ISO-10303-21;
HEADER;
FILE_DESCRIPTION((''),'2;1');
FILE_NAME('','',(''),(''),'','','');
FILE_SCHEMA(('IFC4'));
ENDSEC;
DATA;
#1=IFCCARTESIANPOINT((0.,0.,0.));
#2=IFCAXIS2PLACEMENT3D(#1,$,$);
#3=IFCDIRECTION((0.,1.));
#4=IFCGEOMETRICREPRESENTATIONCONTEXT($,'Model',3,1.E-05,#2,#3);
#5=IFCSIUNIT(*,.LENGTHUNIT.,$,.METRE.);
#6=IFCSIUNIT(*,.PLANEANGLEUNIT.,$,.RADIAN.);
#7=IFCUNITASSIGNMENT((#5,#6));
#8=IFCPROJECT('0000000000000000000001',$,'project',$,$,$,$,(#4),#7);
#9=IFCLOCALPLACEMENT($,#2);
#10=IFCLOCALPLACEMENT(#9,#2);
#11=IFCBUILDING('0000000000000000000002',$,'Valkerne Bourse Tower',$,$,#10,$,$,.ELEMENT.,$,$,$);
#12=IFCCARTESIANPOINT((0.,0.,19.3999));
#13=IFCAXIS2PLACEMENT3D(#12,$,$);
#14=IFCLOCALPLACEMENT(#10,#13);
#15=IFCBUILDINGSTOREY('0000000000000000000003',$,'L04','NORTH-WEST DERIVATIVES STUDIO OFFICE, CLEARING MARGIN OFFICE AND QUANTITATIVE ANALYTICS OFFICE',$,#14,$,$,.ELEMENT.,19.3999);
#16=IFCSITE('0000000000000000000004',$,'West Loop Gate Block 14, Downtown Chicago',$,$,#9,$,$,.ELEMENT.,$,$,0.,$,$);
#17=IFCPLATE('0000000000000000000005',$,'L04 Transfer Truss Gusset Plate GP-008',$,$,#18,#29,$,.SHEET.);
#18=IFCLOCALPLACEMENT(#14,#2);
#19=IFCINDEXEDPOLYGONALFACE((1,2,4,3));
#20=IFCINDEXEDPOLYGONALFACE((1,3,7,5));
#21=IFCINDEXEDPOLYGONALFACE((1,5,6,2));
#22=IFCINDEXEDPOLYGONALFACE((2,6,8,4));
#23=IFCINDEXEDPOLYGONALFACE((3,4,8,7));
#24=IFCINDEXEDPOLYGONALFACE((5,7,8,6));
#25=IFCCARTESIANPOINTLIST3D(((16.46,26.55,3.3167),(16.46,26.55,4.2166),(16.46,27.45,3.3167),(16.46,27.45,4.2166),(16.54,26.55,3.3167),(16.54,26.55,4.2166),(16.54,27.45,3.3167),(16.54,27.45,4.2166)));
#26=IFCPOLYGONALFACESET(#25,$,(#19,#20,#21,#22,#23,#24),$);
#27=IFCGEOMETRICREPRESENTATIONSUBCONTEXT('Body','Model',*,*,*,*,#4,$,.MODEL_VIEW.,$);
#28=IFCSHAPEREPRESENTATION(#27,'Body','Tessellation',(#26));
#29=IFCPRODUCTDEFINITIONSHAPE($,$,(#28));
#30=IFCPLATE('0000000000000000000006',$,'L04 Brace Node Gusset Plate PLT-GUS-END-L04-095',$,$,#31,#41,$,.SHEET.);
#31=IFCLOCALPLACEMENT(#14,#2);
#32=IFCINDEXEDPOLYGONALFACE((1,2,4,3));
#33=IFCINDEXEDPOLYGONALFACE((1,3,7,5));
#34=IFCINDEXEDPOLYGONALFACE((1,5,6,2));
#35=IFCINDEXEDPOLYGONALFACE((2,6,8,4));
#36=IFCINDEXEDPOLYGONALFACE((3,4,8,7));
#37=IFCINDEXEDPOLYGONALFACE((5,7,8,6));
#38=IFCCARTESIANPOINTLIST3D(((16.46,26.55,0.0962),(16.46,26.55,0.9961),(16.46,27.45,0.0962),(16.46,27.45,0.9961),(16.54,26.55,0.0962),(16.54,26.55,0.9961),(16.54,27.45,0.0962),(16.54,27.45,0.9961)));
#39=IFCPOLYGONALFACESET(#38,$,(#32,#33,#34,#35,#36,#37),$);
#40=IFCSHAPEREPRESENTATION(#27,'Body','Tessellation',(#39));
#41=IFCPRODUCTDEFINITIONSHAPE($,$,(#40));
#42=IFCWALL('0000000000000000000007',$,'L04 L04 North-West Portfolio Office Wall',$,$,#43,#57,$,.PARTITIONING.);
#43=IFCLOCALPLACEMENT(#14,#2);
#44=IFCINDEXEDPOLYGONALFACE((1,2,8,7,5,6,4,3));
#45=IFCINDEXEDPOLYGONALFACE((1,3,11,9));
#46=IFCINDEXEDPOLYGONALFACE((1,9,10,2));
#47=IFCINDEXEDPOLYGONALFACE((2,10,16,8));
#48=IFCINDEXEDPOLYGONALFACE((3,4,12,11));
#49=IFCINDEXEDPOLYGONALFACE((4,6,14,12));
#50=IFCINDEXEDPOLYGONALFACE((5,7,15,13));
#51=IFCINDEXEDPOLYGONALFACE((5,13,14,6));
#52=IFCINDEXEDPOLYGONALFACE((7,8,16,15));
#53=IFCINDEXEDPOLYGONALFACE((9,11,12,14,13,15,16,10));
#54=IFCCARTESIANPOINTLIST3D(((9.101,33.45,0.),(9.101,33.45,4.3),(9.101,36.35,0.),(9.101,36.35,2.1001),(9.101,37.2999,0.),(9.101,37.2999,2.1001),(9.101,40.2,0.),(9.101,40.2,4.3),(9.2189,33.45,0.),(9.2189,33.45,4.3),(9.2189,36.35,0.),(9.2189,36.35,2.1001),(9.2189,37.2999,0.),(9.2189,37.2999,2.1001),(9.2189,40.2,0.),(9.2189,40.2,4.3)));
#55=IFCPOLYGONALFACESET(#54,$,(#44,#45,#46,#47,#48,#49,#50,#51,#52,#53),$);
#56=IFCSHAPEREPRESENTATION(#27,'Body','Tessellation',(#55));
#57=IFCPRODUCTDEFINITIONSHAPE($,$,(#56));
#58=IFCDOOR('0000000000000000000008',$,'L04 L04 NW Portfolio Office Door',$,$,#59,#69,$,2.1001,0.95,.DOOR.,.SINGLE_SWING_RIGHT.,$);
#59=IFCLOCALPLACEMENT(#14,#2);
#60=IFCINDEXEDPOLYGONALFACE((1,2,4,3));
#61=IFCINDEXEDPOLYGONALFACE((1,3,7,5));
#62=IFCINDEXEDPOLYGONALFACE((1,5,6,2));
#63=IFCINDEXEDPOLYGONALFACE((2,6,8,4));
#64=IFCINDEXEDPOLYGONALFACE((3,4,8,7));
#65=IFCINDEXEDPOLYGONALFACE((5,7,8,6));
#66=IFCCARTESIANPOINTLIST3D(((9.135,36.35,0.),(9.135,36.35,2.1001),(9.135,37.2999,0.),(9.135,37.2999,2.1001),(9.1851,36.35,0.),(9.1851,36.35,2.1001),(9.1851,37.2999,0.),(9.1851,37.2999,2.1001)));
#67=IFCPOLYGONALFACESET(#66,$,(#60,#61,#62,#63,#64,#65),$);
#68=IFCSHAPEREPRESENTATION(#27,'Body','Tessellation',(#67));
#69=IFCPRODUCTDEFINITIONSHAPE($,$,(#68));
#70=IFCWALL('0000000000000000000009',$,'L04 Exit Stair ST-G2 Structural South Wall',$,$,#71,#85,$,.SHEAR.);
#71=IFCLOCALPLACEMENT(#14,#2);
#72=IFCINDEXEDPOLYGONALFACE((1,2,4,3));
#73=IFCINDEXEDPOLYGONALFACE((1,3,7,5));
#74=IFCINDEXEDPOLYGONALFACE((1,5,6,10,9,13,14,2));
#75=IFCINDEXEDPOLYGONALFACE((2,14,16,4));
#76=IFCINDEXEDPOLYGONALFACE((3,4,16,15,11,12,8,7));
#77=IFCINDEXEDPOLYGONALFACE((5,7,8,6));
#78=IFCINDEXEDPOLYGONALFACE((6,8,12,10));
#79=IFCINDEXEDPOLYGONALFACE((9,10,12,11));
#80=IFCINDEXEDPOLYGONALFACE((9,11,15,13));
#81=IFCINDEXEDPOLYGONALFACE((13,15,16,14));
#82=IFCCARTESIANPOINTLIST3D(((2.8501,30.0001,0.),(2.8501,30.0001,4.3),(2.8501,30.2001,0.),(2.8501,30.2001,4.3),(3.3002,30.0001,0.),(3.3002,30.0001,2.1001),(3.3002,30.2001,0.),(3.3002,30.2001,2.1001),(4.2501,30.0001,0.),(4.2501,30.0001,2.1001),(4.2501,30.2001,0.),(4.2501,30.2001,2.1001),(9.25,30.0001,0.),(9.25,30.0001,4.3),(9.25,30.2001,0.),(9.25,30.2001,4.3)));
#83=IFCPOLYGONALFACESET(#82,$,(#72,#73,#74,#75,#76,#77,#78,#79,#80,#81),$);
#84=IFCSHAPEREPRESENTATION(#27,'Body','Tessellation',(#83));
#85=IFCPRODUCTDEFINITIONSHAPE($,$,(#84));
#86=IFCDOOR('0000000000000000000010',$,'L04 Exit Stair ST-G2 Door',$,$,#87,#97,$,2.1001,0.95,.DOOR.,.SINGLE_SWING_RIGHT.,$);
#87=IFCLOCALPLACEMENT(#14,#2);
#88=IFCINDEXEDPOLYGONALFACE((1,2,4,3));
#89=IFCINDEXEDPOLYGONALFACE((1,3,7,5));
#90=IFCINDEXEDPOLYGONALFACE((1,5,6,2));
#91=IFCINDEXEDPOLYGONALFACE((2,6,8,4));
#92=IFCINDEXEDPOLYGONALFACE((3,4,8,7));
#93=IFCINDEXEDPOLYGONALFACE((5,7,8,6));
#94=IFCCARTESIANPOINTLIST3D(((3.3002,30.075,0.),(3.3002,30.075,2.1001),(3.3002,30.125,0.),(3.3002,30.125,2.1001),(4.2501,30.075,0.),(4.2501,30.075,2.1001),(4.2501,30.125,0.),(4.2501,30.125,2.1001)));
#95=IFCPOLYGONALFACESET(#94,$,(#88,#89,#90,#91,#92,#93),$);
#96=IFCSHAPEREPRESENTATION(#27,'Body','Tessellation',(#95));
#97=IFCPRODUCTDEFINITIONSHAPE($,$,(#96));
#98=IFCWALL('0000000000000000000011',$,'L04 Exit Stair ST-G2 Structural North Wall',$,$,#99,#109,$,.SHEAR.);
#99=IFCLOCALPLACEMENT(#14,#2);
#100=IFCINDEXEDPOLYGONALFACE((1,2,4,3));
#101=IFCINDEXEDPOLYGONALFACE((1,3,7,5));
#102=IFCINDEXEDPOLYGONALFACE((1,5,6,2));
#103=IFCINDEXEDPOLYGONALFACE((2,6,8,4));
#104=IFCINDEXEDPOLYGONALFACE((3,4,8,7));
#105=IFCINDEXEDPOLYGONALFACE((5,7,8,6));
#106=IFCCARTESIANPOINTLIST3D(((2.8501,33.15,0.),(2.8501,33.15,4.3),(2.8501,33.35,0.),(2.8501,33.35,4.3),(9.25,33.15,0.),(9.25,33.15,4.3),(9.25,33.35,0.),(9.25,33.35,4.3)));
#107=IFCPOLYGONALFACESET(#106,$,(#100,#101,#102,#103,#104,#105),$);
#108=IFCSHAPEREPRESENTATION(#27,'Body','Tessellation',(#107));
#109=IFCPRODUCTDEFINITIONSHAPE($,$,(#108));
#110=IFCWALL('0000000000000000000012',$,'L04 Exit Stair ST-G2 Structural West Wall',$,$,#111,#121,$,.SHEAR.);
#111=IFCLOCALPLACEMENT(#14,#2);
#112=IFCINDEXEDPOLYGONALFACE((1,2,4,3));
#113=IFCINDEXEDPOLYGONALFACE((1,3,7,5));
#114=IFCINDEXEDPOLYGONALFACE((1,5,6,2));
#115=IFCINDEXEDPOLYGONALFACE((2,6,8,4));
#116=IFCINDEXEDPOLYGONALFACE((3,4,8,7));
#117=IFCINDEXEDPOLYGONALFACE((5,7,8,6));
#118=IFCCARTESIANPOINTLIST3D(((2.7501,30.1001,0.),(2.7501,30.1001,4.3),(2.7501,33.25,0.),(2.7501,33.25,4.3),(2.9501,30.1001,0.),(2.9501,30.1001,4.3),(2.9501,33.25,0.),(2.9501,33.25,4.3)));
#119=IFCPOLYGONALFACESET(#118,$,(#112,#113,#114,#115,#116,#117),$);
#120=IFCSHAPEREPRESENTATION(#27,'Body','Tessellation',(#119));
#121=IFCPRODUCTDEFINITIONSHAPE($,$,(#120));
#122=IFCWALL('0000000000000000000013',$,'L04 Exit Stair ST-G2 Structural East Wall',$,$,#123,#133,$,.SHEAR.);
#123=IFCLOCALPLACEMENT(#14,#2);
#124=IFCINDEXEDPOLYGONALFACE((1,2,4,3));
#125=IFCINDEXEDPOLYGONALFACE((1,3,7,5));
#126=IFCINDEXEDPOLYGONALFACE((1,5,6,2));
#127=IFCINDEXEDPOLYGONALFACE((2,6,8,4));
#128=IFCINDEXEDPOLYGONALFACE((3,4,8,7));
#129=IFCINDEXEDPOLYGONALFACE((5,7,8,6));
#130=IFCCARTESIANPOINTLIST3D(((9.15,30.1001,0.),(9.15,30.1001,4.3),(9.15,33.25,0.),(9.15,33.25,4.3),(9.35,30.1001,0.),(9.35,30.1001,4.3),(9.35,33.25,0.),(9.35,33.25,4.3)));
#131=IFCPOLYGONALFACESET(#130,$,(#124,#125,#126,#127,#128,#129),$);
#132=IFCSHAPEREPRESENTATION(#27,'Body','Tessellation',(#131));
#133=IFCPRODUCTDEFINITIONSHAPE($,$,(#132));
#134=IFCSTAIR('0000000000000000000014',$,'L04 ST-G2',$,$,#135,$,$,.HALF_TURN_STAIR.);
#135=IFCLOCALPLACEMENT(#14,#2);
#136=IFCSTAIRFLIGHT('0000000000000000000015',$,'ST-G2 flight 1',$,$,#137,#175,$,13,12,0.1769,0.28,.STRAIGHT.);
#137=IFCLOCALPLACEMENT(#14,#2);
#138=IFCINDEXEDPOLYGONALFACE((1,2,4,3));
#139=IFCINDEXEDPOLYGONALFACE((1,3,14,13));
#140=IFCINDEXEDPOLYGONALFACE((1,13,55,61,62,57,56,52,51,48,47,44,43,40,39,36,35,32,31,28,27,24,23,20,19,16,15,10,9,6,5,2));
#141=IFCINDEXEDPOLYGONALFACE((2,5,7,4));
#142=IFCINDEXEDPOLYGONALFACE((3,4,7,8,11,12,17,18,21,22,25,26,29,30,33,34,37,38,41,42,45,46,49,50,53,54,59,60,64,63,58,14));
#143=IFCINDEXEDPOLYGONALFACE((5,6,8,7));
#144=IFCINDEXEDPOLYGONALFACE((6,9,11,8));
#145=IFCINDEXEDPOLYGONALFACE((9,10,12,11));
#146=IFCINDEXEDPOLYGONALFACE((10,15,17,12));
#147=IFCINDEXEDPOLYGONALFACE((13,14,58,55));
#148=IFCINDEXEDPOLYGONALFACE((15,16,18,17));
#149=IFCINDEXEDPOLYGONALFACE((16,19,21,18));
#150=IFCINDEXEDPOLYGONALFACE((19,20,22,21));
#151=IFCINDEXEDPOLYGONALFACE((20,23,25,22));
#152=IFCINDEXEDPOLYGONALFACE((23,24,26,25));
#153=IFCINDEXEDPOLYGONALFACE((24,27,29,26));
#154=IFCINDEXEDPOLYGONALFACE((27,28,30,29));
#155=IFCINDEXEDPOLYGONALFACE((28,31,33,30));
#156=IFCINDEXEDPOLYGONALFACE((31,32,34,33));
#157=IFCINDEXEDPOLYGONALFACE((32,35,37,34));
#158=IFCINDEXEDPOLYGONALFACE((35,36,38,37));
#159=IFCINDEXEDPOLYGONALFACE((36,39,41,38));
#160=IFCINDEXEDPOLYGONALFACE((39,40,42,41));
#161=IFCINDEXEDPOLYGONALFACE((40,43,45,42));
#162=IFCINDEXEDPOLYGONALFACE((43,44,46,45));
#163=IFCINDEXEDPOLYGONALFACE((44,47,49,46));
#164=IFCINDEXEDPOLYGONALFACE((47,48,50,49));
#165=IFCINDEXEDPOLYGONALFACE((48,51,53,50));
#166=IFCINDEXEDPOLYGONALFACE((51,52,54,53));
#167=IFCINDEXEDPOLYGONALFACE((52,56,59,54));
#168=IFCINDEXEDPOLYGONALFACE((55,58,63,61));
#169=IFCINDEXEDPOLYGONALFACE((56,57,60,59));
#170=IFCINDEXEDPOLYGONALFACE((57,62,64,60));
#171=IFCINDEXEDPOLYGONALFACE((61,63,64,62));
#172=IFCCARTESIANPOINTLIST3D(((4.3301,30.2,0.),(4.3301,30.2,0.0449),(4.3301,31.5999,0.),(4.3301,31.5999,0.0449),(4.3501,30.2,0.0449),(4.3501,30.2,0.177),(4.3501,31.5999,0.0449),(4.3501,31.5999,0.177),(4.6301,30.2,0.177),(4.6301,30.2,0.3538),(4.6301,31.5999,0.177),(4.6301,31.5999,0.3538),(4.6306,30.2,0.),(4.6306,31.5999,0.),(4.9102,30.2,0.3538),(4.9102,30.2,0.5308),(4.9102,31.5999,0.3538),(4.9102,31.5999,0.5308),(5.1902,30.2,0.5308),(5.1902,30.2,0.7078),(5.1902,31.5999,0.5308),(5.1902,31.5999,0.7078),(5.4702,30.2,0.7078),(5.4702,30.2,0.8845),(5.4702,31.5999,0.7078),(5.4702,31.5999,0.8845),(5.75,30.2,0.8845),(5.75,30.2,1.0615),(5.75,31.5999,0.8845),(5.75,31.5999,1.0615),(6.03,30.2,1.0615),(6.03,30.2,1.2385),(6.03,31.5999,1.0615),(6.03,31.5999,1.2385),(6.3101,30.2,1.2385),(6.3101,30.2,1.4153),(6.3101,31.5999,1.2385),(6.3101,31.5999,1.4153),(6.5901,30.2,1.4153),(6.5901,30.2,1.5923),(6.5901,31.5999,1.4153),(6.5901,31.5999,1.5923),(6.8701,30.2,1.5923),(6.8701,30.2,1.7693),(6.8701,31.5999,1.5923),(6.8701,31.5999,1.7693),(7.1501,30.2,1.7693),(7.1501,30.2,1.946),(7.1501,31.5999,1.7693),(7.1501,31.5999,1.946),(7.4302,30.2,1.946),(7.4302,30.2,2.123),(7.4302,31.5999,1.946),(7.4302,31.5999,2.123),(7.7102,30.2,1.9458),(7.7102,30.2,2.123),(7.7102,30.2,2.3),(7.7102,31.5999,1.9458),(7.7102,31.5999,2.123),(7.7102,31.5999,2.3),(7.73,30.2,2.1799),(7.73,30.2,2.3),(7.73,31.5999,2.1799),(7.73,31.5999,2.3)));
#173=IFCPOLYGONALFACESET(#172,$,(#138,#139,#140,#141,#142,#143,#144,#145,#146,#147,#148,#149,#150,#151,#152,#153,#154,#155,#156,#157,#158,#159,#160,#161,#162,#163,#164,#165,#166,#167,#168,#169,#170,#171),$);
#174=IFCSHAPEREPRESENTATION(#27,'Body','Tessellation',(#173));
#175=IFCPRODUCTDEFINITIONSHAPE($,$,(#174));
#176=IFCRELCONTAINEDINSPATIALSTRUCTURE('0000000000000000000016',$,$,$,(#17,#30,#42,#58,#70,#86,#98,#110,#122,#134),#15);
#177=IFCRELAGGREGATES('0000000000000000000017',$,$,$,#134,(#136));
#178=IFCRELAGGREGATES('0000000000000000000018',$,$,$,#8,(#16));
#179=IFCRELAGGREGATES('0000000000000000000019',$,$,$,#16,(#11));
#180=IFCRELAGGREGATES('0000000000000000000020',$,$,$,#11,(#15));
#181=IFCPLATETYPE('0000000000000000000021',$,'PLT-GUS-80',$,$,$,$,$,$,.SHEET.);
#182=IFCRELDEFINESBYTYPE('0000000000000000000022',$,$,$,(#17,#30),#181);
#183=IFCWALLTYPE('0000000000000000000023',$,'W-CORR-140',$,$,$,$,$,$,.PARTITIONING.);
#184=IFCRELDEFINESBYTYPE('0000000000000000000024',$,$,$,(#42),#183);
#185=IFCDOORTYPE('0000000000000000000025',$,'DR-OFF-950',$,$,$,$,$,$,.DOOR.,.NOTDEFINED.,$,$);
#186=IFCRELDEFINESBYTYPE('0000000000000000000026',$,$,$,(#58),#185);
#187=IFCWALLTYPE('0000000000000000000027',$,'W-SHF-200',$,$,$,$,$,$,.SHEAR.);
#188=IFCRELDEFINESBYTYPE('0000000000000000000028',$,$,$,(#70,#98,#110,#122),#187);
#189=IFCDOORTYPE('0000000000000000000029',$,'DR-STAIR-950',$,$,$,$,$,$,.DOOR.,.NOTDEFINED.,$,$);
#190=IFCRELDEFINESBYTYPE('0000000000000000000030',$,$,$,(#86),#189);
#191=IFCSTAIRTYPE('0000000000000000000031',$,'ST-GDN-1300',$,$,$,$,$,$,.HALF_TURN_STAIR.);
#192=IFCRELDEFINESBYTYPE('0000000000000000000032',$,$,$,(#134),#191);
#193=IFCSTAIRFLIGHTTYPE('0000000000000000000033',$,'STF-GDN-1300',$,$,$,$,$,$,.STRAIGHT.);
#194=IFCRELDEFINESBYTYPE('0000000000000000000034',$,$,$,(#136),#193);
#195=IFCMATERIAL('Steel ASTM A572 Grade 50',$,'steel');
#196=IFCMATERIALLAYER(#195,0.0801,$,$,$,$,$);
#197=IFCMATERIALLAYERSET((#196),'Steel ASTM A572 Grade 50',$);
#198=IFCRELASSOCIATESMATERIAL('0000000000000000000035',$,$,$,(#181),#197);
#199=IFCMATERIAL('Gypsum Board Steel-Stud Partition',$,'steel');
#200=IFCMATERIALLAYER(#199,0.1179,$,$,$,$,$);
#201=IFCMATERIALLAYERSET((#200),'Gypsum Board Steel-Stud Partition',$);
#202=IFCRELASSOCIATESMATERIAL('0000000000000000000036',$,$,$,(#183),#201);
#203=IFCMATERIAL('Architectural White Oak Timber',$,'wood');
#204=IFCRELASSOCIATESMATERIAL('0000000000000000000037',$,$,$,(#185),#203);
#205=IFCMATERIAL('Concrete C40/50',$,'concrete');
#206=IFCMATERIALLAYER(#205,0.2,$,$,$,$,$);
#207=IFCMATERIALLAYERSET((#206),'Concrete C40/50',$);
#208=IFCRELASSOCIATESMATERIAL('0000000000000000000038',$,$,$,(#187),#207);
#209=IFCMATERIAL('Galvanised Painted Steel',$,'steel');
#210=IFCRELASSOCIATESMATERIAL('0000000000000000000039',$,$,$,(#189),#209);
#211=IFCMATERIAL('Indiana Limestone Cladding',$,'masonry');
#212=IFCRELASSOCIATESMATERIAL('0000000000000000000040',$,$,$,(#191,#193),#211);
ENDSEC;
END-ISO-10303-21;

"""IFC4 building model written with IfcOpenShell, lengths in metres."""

from ifc_helpers import new_model, si_unit, direction, frame, frame_2d, origin, origin_2d, place, context, subcontext, project, spatial, polyline, rectangle, outline, extrude, material, layer, layer_set, type_object, element, fill, aggregate, save


model = new_model("IFC4")

# Units and contexts
model_context = context("Model", 3, precision=1e-05, world=origin(), true_north=direction((0.0, 1.0)))
body_context = subcontext(model_context, "Body", "Model", "MODEL_VIEW")
ifc_project = project(units=[si_unit("LENGTHUNIT", "METRE"), si_unit("PLANEANGLEUNIT", "RADIAN")], contexts=[model_context])

# Site, building, storey
site_placement = place(None, origin())
site = spatial("IfcSite", under=ifc_project, at=site_placement, Name="West Loop Gate Block 14, Downtown Chicago", CompositionType="ELEMENT", RefElevation=0.0)
building_placement = place(site_placement, origin())
building = spatial("IfcBuilding", under=site, at=building_placement, Name="Valkerne Bourse Tower", CompositionType="ELEMENT")
storey_placement = place(building_placement, frame((0.0, 0.0, 19.3999)))
storey = spatial("IfcBuildingStorey", under=building, at=storey_placement, Name="L04", Description="NORTH-WEST DERIVATIVES STUDIO OFFICE, CLEARING MARGIN OFFICE AND QUANTITATIVE ANALYTICS OFFICE", CompositionType="ELEMENT", Elevation=19.3999)

# Plates
ifc_material_1 = material(Name="Steel ASTM A572 Grade 50", Category="steel")
ifc_layer_1 = layer(ifc_material_1, 0.0801)
ifc_layer_set_1 = layer_set([ifc_layer_1], Name="Steel ASTM A572 Grade 50")
plate_type = type_object("IfcPlateType", Name="PLT-GUS-80", PredefinedType="SHEET", material=ifc_layer_set_1)
for number, where, z_axis, x_axis, name in (
    (1, (16.5, 27.0, 3.3167), (0.0, 0.0, 1.0), (1.0, 0.0, 0.0), "L04 Transfer Truss Gusset Plate GP-008"),
):
    element("IfcPlate", number, at=place(storey_placement, frame(where, z_axis=z_axis, x_axis=x_axis)), inside=storey, type_object=plate_type, Name=name, PredefinedType="SHEET", context=body_context, shape_type="SweptSolid", body=[
        extrude(rectangle(XDim=0.0801, YDim=0.8999, at=origin_2d()), origin(), (0.0, 0.0, 1.0), 0.8999),
    ])
plate_placement = place(storey_placement, frame((16.5, 27.0, 0.0962), z_axis=(0.0, 0.0, 1.0), x_axis=(0.0, 1.0, 0.0)))
element("IfcPlate", 2, at=plate_placement, inside=storey, type_object=plate_type, Name="L04 Brace Node Gusset Plate PLT-GUS-END-L04-095", PredefinedType="SHEET", context=body_context, shape_type="SweptSolid", body=[
    extrude(rectangle(XDim=0.8999, YDim=0.0801, at=origin_2d()), origin(), (0.0, 0.0, 1.0), 0.8999),
])

# Walls, openings, doors
ifc_material_2 = material(Name="Gypsum Board Steel-Stud Partition", Category="steel")
ifc_layer_2 = layer(ifc_material_2, 0.1179)
ifc_layer_set_2 = layer_set([ifc_layer_2], Name="Gypsum Board Steel-Stud Partition")
wall_type_1 = type_object("IfcWallType", Name="W-CORR-140", PredefinedType="PARTITIONING", material=ifc_layer_set_2)
wall_1_placement = place(storey_placement, frame((9.1599, 33.45, 0.0), z_axis=(0.0, 0.0, 1.0), x_axis=(0.0, 1.0, 0.0)))
wall_1 = element("IfcWall", 3, at=wall_1_placement, inside=storey, type_object=wall_type_1, Name="L04 L04 North-West Portfolio Office Wall", PredefinedType="PARTITIONING", context=body_context, shape_type="SweptSolid", body=[
    extrude(rectangle(XDim=6.75, YDim=0.1179, at=frame_2d((3.375, 0.0))), origin(), (0.0, 0.0, 1.0), 4.3),
])
opening_1_placement = place(wall_1_placement, frame((2.8999, 0.0, 0.0)))
opening_1 = element("IfcOpeningElement", 4, at=opening_1_placement, cuts=wall_1, PredefinedType="OPENING", context=body_context, shape_type="SweptSolid", body=[
    extrude(rectangle(XDim=0.95, YDim=2.1001, at=frame_2d((0.4751, 1.05))), frame((0.0, 0.0688, 0.0), z_axis=(0.0, -1.0, 0.0), x_axis=(1.0, 0.0, 0.0)), (0.0, 0.0, 1.0), 0.1379),
])
ifc_material_3 = material(Name="Architectural White Oak Timber", Category="wood")
door_type_1 = type_object("IfcDoorType", Name="DR-OFF-950", OperationType="NOTDEFINED", PredefinedType="DOOR", material=ifc_material_3)
door_1_placement = place(opening_1_placement, origin())
door_1 = element("IfcDoor", 5, at=door_1_placement, inside=storey, type_object=door_type_1, Name="L04 L04 NW Portfolio Office Door", OperationType="SINGLE_SWING_RIGHT", OverallHeight=2.1001, OverallWidth=0.95, PredefinedType="DOOR", context=body_context, shape_type="SweptSolid", body=[
    extrude(rectangle(XDim=0.95, YDim=2.1001, at=frame_2d((0.4751, 1.05))), frame((0.0, 0.0249, 0.0), z_axis=(0.0, -1.0, 0.0), x_axis=(1.0, 0.0, 0.0)), (0.0, 0.0, 1.0), 0.05),
])
fill(opening_1, door_1)
ifc_material_4 = material(Name="Concrete C40/50", Category="concrete")
ifc_layer_3 = layer(ifc_material_4, 0.2)
ifc_layer_set_3 = layer_set([ifc_layer_3], Name="Concrete C40/50")
wall_type_2 = type_object("IfcWallType", Name="W-SHF-200", PredefinedType="SHEAR", material=ifc_layer_set_3)
wall_2_placement = place(storey_placement, frame((2.8501, 30.1001, 0.0), z_axis=(0.0, 0.0, 1.0), x_axis=(1.0, 0.0, 0.0)))
wall_2 = element("IfcWall", 6, at=wall_2_placement, inside=storey, type_object=wall_type_2, Name="L04 Exit Stair ST-G2 Structural South Wall", PredefinedType="SHEAR", context=body_context, shape_type="SweptSolid", body=[
    extrude(rectangle(XDim=6.3999, YDim=0.2, at=frame_2d((3.2, 0.0))), origin(), (0.0, 0.0, 1.0), 4.3),
])
opening_2_placement = place(wall_2_placement, frame((0.45, 0.0, 0.0)))
opening_2 = element("IfcOpeningElement", 7, at=opening_2_placement, cuts=wall_2, PredefinedType="OPENING", context=body_context, shape_type="SweptSolid", body=[
    extrude(rectangle(XDim=0.95, YDim=2.1001, at=frame_2d((0.4751, 1.05))), frame((0.0, 0.1099, 0.0), z_axis=(0.0, -1.0, 0.0), x_axis=(1.0, 0.0, 0.0)), (0.0, 0.0, 1.0), 0.22),
])
ifc_material_5 = material(Name="Galvanised Painted Steel", Category="steel")
door_type_2 = type_object("IfcDoorType", Name="DR-STAIR-950", OperationType="NOTDEFINED", PredefinedType="DOOR", material=ifc_material_5)
door_2_placement = place(opening_2_placement, origin())
door_2 = element("IfcDoor", 8, at=door_2_placement, inside=storey, type_object=door_type_2, Name="L04 Exit Stair ST-G2 Door", OperationType="SINGLE_SWING_RIGHT", OverallHeight=2.1001, OverallWidth=0.95, PredefinedType="DOOR", context=body_context, shape_type="SweptSolid", body=[
    extrude(rectangle(XDim=0.95, YDim=2.1001, at=frame_2d((0.4751, 1.05))), frame((0.0, 0.0249, 0.0), z_axis=(0.0, -1.0, 0.0), x_axis=(1.0, 0.0, 0.0)), (0.0, 0.0, 1.0), 0.05),
])
fill(opening_2, door_2)

# Walls
wall_3_placement = place(storey_placement, frame((2.8501, 33.25, 0.0), z_axis=(0.0, 0.0, 1.0), x_axis=(1.0, 0.0, 0.0)))
element("IfcWall", 9, at=wall_3_placement, inside=storey, type_object=wall_type_2, Name="L04 Exit Stair ST-G2 Structural North Wall", PredefinedType="SHEAR", context=body_context, shape_type="SweptSolid", body=[
    extrude(rectangle(XDim=6.3999, YDim=0.2, at=frame_2d((3.2, 0.0))), origin(), (0.0, 0.0, 1.0), 4.3),
])
for number, where, z_axis, x_axis, name in (
    (10, (2.8501, 30.1001, 0.0), (0.0, 0.0, 1.0), (0.0, 1.0, 0.0), "L04 Exit Stair ST-G2 Structural West Wall"),
    (11, (9.25, 30.1001, 0.0), (0.0, 0.0, 1.0), (0.0, 1.0, 0.0), "L04 Exit Stair ST-G2 Structural East Wall"),
):
    element("IfcWall", number, at=place(storey_placement, frame(where, z_axis=z_axis, x_axis=x_axis)), inside=storey, type_object=wall_type_2, Name=name, PredefinedType="SHEAR", context=body_context, shape_type="SweptSolid", body=[
        extrude(rectangle(XDim=3.1499, YDim=0.2, at=frame_2d((1.575, 0.0))), origin(), (0.0, 0.0, 1.0), 4.3),
    ])

# Stair, stair flight
ifc_material_6 = material(Name="Indiana Limestone Cladding", Category="masonry")
stair_type = type_object("IfcStairType", Name="ST-GDN-1300", PredefinedType="HALF_TURN_STAIR", material=ifc_material_6)
stair_placement = place(storey_placement, origin())
stair = element("IfcStair", 12, at=stair_placement, inside=storey, type_object=stair_type, Name="L04 ST-G2", PredefinedType="HALF_TURN_STAIR")
stair_flight_type = type_object("IfcStairFlightType", Name="STF-GDN-1300", PredefinedType="STRAIGHT", material=ifc_material_6)
stair_flight_1_placement = place(storey_placement, frame((4.3501, 30.8999, 0.0), z_axis=(0.0, 0.0, 1.0), x_axis=(1.0, 0.0, 0.0)))
stair_flight_1 = element("IfcStairFlight", 13, at=stair_flight_1_placement, type_object=stair_flight_type, Name="ST-G2 flight 1", NumberOfRisers=13, NumberOfTreads=12, PredefinedType="STRAIGHT", RiserHeight=0.1769, TreadLength=0.28, context=body_context, shape_type="SweptSolid", body=[
    extrude(outline(polyline([(-0.02, 0.0), (-0.02, 0.0449), (0.0, 0.0449), (0.0, 0.177), (0.28, 0.177), (0.28, 0.3538), (0.5601, 0.3538), (0.5601, 0.5308), (0.8401, 0.5308), (0.8401, 0.7078), (1.1201, 0.7078), (1.1201, 0.8845), (1.3999, 0.8845), (1.3999, 1.0615), (1.6799, 1.0615), (1.6799, 1.2385), (1.96, 1.2385), (1.96, 1.4153), (2.24, 1.4153), (2.24, 1.5923), (2.52, 1.5923), (2.52, 1.7693), (2.8, 1.7693), (2.8, 1.946), (3.0801, 1.946), (3.0801, 2.123), (3.3601, 2.123), (3.3601, 2.3), (3.3799, 2.3), (3.3799, 2.1799), (3.3601, 1.9458), (0.2805, 0.0), (-0.02, 0.0)])), frame((0.0, 0.7, 0.0), z_axis=(0.0, -1.0, 0.0), x_axis=(1.0, 0.0, 0.0)), (0.0, 0.0, 1.0), 1.3999),
])
aggregate(stair, [stair_flight_1])

save(model, "model.ifc")
